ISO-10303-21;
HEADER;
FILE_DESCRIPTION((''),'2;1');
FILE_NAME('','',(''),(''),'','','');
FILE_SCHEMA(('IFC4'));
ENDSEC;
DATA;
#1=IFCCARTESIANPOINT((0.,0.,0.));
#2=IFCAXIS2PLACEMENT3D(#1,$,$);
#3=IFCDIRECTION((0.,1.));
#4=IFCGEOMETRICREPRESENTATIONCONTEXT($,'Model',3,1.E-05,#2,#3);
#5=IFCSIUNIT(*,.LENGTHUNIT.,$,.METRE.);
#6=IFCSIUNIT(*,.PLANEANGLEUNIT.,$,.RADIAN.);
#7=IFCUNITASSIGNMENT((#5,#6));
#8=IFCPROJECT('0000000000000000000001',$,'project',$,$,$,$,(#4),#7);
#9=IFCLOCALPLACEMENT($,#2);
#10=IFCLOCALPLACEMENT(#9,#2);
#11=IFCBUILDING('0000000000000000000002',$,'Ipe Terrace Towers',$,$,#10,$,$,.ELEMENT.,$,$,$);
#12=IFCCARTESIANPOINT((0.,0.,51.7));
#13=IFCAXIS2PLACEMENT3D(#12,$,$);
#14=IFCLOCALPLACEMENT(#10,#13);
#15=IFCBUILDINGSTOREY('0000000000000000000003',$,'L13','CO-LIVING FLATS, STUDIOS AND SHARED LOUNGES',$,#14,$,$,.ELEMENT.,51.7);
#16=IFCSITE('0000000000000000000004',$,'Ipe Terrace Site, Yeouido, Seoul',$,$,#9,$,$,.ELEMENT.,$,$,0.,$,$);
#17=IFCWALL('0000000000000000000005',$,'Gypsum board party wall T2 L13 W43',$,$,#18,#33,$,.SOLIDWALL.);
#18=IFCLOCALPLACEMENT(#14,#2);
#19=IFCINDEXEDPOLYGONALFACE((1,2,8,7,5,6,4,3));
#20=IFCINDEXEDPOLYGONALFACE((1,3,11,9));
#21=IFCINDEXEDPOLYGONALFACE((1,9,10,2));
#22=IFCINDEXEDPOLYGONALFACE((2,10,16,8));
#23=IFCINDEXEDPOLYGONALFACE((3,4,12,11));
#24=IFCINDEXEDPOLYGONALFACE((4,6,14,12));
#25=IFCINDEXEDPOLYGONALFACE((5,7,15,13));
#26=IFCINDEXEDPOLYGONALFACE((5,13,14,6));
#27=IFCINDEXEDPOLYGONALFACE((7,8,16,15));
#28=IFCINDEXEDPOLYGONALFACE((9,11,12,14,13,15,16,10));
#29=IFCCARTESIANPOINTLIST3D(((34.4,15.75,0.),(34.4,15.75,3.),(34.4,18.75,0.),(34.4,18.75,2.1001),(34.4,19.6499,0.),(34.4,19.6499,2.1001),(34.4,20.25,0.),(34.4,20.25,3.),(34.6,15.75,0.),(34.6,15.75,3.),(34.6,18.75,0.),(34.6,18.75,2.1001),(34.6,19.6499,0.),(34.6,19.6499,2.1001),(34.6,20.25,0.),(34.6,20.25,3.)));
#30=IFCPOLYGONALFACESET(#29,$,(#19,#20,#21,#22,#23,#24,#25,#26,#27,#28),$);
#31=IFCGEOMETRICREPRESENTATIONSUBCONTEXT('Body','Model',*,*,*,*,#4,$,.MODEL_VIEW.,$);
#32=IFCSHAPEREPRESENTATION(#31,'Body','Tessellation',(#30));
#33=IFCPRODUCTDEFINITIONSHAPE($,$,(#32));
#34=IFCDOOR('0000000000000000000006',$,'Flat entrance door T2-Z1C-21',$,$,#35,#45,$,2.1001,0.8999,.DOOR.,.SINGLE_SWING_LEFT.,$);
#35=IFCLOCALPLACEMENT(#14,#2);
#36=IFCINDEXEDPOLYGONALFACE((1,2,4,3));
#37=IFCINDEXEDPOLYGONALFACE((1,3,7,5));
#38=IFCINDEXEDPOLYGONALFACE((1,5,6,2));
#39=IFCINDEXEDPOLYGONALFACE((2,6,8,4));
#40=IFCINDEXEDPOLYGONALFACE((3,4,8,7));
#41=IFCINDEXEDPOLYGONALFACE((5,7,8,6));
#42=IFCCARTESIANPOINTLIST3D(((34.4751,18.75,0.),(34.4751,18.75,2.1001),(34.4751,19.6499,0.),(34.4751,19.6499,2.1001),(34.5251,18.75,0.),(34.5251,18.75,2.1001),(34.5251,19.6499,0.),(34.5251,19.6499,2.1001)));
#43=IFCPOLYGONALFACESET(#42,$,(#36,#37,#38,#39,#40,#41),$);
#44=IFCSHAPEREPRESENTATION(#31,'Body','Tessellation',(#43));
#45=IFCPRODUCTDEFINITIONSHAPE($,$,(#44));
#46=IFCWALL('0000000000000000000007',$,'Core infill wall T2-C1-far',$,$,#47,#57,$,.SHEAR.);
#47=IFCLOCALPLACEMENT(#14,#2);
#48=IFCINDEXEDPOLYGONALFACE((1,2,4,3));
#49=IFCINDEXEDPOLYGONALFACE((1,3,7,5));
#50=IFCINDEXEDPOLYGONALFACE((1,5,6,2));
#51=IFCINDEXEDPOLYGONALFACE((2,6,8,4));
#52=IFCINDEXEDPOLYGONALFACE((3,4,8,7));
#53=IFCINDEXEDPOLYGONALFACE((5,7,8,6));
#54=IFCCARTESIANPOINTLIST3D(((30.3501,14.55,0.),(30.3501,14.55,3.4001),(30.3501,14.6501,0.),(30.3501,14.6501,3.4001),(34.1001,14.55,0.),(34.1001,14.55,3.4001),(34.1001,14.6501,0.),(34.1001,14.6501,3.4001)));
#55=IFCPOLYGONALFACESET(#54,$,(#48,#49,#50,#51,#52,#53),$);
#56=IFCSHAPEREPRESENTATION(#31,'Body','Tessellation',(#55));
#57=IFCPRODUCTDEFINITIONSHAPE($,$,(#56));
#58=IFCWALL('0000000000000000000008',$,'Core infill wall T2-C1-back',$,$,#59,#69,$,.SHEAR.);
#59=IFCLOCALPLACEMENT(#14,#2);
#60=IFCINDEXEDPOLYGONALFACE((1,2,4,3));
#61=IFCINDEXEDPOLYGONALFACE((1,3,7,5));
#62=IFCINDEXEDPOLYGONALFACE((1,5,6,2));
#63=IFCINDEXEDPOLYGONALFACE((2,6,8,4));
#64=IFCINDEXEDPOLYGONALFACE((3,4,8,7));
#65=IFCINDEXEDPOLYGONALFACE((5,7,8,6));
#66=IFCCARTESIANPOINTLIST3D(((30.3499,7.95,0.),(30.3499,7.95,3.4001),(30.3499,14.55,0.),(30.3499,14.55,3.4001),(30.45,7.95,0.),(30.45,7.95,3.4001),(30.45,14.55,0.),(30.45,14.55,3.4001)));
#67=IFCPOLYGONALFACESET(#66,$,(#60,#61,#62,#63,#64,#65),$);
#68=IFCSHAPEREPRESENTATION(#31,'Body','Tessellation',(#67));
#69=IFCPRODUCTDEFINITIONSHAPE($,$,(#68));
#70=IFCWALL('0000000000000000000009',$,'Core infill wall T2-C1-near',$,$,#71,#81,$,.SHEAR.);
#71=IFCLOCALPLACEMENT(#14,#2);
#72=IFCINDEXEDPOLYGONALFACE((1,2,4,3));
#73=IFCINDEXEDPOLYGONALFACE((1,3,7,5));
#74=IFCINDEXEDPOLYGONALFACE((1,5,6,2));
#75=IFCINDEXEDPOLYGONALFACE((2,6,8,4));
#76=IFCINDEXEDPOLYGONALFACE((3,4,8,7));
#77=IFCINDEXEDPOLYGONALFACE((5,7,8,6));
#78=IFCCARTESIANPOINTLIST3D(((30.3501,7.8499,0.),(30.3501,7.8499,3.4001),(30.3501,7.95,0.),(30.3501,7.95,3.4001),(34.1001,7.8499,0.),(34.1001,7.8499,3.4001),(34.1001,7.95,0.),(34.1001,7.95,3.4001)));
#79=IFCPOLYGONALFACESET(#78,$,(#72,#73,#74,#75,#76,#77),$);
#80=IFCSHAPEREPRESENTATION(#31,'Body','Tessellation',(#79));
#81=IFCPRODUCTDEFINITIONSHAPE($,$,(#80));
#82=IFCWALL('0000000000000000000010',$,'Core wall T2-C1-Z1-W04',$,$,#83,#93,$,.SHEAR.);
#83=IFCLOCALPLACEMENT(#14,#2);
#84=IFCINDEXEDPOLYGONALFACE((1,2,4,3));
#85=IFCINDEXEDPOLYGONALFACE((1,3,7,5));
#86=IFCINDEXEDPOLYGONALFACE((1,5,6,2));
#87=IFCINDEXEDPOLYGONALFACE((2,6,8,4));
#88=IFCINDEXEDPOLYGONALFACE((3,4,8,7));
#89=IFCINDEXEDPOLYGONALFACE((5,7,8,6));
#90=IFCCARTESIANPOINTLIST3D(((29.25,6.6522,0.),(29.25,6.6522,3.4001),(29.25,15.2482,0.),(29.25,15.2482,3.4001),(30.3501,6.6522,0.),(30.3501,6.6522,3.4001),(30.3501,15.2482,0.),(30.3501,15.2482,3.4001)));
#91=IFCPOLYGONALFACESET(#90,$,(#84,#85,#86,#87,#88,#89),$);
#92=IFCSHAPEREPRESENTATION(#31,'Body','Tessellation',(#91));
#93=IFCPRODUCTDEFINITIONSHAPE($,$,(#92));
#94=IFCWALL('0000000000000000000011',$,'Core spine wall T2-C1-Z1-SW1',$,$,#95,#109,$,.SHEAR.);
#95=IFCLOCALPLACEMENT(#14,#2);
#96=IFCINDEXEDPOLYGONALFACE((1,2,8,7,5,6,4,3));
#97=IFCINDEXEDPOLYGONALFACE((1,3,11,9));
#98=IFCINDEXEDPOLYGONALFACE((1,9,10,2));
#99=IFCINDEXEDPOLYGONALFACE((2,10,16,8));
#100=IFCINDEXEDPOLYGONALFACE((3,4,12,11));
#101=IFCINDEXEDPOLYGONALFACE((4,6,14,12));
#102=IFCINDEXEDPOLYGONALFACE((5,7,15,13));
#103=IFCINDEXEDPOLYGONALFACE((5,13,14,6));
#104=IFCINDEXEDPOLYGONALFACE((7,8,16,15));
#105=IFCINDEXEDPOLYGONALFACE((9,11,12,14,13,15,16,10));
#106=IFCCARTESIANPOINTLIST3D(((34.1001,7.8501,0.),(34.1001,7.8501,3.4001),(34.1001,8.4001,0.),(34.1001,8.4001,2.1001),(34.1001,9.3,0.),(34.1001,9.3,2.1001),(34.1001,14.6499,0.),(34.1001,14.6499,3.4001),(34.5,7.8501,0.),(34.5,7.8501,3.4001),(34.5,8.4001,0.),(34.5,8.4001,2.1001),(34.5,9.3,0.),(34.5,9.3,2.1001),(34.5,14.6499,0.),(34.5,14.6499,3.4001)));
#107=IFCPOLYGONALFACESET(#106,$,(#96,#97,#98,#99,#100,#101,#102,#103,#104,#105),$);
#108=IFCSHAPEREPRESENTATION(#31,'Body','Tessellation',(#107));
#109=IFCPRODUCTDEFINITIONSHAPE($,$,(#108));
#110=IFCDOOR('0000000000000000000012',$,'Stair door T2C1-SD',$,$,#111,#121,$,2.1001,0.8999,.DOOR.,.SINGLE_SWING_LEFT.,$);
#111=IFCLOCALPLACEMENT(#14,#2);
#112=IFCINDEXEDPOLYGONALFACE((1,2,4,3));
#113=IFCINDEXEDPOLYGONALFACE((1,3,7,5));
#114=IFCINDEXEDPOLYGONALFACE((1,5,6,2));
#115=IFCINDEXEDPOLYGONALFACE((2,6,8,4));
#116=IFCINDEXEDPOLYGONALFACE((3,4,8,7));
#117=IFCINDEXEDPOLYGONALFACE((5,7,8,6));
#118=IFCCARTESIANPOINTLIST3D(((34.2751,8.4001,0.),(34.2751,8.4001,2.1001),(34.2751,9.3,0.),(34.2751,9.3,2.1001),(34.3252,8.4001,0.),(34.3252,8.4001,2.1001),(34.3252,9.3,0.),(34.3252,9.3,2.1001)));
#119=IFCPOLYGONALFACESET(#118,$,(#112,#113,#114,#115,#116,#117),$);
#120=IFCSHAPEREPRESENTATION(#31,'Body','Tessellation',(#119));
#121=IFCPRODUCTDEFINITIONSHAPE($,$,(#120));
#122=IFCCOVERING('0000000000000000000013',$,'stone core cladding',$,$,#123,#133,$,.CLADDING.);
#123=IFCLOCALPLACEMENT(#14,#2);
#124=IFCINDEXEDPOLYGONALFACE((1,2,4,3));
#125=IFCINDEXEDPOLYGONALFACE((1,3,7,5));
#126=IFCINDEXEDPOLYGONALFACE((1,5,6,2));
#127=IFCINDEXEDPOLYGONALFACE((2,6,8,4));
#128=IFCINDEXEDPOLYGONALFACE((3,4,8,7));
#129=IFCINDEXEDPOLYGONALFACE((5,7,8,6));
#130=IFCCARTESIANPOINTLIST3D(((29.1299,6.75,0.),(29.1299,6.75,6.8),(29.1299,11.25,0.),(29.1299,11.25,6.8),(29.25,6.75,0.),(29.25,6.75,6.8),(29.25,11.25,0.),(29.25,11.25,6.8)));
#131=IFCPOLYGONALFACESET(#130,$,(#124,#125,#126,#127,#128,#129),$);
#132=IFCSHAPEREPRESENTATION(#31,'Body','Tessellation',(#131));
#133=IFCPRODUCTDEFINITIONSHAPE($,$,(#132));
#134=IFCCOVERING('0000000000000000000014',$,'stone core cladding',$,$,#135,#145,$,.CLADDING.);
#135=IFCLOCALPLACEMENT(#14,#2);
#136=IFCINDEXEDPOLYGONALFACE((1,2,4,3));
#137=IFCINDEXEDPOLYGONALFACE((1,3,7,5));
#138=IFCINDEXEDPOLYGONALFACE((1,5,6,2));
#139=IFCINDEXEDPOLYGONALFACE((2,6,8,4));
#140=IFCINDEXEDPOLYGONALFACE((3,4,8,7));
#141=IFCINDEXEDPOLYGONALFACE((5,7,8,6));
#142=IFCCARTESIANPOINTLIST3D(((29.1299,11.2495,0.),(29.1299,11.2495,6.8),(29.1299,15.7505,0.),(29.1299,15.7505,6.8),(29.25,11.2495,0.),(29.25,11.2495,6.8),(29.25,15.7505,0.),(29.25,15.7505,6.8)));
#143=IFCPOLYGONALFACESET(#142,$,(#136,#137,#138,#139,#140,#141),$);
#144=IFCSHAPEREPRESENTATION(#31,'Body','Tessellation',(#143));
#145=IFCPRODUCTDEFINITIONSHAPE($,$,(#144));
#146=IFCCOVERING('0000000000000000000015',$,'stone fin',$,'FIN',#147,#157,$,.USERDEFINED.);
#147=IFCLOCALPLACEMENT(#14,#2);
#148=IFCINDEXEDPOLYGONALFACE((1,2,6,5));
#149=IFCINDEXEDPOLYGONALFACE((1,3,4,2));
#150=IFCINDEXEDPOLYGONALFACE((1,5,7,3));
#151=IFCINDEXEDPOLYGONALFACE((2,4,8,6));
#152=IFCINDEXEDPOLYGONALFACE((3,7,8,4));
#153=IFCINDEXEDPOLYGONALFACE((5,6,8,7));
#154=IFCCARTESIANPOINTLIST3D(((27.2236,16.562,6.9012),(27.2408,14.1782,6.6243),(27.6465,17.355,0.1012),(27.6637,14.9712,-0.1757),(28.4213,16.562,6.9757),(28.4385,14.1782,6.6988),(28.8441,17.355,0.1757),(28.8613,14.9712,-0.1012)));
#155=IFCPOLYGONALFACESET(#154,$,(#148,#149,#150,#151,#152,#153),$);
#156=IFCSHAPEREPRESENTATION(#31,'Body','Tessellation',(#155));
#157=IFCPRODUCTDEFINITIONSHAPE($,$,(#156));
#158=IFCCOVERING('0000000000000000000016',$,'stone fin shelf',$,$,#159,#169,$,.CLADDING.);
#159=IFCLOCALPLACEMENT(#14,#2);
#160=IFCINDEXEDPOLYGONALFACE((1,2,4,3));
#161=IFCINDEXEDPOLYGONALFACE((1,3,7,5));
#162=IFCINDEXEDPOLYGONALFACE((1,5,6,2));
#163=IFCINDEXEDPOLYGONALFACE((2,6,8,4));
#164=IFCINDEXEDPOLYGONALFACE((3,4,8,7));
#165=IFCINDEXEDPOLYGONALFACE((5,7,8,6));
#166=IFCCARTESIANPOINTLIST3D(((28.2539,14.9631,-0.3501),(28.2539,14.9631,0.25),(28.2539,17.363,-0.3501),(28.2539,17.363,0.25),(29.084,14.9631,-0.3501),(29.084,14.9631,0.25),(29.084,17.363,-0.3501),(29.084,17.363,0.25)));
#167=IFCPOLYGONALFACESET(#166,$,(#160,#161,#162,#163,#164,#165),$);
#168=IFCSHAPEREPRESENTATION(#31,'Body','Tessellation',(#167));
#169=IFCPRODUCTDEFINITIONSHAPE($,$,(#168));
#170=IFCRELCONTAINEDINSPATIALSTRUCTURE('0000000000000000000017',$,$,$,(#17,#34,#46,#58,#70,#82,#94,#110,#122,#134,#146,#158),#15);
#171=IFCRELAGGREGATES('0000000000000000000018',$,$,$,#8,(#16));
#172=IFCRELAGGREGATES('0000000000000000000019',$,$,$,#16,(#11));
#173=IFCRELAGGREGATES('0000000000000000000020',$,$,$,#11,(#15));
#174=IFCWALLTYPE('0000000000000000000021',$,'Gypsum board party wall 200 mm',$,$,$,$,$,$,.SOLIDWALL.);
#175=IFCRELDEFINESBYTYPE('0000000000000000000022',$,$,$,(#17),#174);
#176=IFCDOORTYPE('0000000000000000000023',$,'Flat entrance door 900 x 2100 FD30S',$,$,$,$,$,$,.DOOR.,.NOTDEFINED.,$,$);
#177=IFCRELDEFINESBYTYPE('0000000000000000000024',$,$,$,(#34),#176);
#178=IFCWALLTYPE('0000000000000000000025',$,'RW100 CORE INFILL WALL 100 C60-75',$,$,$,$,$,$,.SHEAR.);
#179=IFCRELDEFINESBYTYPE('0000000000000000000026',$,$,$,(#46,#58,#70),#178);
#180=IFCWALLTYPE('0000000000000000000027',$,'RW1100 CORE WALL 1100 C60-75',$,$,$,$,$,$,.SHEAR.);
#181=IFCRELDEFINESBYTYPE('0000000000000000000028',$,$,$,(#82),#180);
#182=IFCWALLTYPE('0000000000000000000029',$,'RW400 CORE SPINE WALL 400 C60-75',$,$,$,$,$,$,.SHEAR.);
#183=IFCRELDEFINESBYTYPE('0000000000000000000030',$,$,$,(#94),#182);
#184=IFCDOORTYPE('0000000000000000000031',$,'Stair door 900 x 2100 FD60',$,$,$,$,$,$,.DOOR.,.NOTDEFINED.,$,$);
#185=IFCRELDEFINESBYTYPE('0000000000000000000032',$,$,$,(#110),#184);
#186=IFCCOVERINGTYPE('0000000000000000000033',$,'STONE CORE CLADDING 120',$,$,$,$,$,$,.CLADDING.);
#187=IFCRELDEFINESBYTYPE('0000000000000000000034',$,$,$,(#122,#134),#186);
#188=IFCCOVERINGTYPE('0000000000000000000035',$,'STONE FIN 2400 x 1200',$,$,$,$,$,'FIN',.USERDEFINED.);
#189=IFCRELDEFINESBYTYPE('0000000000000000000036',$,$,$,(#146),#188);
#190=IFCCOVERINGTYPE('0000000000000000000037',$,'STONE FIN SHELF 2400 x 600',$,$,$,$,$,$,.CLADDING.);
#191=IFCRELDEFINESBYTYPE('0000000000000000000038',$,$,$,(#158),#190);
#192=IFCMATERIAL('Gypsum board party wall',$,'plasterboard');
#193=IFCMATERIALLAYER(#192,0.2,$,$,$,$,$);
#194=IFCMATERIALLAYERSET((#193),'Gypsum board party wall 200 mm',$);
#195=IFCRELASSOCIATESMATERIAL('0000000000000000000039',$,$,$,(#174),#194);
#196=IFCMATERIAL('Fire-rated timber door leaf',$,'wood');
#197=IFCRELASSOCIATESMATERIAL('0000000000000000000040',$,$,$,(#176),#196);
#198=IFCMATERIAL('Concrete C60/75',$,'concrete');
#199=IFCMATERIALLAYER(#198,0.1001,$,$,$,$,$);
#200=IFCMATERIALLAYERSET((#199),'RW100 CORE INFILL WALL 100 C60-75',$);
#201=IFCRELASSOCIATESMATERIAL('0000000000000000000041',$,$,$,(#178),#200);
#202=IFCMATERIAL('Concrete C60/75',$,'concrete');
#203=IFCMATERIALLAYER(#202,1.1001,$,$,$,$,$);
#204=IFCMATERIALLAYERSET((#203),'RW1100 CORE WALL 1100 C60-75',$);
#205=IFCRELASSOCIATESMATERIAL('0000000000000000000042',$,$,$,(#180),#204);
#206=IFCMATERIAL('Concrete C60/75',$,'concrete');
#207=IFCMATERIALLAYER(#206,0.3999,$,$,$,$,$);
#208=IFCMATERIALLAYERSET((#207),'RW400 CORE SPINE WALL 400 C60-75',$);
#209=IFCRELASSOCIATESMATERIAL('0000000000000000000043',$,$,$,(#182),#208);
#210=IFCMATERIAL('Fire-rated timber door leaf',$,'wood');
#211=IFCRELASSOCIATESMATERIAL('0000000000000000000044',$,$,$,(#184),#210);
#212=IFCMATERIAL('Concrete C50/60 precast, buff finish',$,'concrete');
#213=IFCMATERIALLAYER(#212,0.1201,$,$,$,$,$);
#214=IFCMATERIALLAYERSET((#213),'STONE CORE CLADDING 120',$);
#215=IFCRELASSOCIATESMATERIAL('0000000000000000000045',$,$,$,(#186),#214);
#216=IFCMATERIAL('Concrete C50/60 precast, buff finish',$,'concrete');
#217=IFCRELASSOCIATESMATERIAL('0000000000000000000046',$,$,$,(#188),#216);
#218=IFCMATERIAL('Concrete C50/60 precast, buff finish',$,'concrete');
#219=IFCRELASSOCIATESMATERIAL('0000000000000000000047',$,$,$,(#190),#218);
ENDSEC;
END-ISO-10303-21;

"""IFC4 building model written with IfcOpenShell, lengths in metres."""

from ifc_helpers import new_model, si_unit, direction, frame, frame_2d, origin, origin_2d, place, context, subcontext, project, spatial, rectangle, extrude, material, layer, layer_set, material_profile, profile_set, type_object, element, fill, save


model = new_model("IFC4")

# Units and contexts
model_context = context("Model", 3, precision=1e-05, world=origin(), true_north=direction((0.0, 1.0)))
body_context = subcontext(model_context, "Body", "Model", "MODEL_VIEW")
ifc_project = project(units=[si_unit("LENGTHUNIT", "METRE"), si_unit("PLANEANGLEUNIT", "RADIAN")], contexts=[model_context])

# Site, building, storey
site_placement = place(None, origin())
site = spatial("IfcSite", under=ifc_project, at=site_placement, Name="Ipe Terrace Site, Yeouido, Seoul", CompositionType="ELEMENT", RefElevation=0.0)
building_placement = place(site_placement, origin())
building = spatial("IfcBuilding", under=site, at=building_placement, Name="Ipe Terrace Towers", CompositionType="ELEMENT")
storey_placement = place(building_placement, frame((0.0, 0.0, 51.7)))
storey = spatial("IfcBuildingStorey", under=building, at=storey_placement, Name="L13", Description="CO-LIVING FLATS, STUDIOS AND SHARED LOUNGES", CompositionType="ELEMENT", Elevation=51.7)

# Wall, opening, door
ifc_material_1 = material(Name="Gypsum board party wall", Category="plasterboard")
ifc_layer_1 = layer(ifc_material_1, 0.2)
ifc_layer_set_1 = layer_set([ifc_layer_1], Name="Gypsum board party wall 200 mm")
wall_type_1 = type_object("IfcWallType", Name="Gypsum board party wall 200 mm", PredefinedType="SOLIDWALL", material=ifc_layer_set_1)
wall_1_placement = place(storey_placement, frame((34.5, 15.75, 0.0), z_axis=(0.0, 0.0, 1.0), x_axis=(0.0, 1.0, 0.0)))
wall_1 = element("IfcWall", 1, at=wall_1_placement, inside=storey, type_object=wall_type_1, Name="Gypsum board party wall T2 L13 W43", PredefinedType="SOLIDWALL", context=body_context, shape_type="SweptSolid", body=[
    extrude(rectangle(XDim=4.5, YDim=0.2, at=frame_2d((2.25, 0.0))), origin(), (0.0, 0.0, 1.0), 3.0),
])
opening_1_placement = place(wall_1_placement, frame((3.0, 0.0, 0.0)))
opening_1 = element("IfcOpeningElement", 2, at=opening_1_placement, cuts=wall_1, PredefinedType="OPENING", context=body_context, shape_type="SweptSolid", body=[
    extrude(rectangle(XDim=0.8999, YDim=2.1001, at=frame_2d((0.45, 1.05))), frame((0.0, 0.1099, 0.0), z_axis=(0.0, -1.0, 0.0), x_axis=(1.0, 0.0, 0.0)), (0.0, 0.0, 1.0), 0.22),
])
ifc_material_2 = material(Name="Fire-rated timber door leaf", Category="wood")
door_type_1 = type_object("IfcDoorType", Name="Flat entrance door 900 x 2100 FD30S", OperationType="NOTDEFINED", PredefinedType="DOOR", material=ifc_material_2)
door_1_placement = place(opening_1_placement, origin())
door_1 = element("IfcDoor", 3, at=door_1_placement, inside=storey, type_object=door_type_1, Name="Flat entrance door T2-Z1C-21", OperationType="SINGLE_SWING_LEFT", OverallHeight=2.1001, OverallWidth=0.8999, PredefinedType="DOOR", context=body_context, shape_type="SweptSolid", body=[
    extrude(rectangle(XDim=0.8999, YDim=2.1001, at=frame_2d((0.45, 1.05))), frame((0.0, 0.0249, 0.0), z_axis=(0.0, -1.0, 0.0), x_axis=(1.0, 0.0, 0.0)), (0.0, 0.0, 1.0), 0.05),
])
fill(opening_1, door_1)

# Walls
ifc_material_3 = material(Name="Concrete C60/75", Category="concrete")
ifc_layer_2 = layer(ifc_material_3, 0.1001)
ifc_layer_set_2 = layer_set([ifc_layer_2], Name="RW100 CORE INFILL WALL 100 C60-75")
wall_type_2 = type_object("IfcWallType", Name="RW100 CORE INFILL WALL 100 C60-75", PredefinedType="SHEAR", material=ifc_layer_set_2)
wall_2_placement = place(storey_placement, frame((34.1001, 14.6001, 0.0), z_axis=(0.0, 0.0, 1.0), x_axis=(-1.0, 0.0, 0.0)))
element("IfcWall", 4, at=wall_2_placement, inside=storey, type_object=wall_type_2, Name="Core infill wall T2-C1-far", PredefinedType="SHEAR", context=body_context, shape_type="SweptSolid", body=[
    extrude(rectangle(XDim=3.75, YDim=0.1001, at=frame_2d((1.875, 0.0))), origin(), (0.0, 0.0, 1.0), 3.4001),
])
wall_3_placement = place(storey_placement, frame((30.3999, 7.95, 0.0), z_axis=(0.0, 0.0, 1.0), x_axis=(0.0, 1.0, 0.0)))
element("IfcWall", 5, at=wall_3_placement, inside=storey, type_object=wall_type_2, Name="Core infill wall T2-C1-back", PredefinedType="SHEAR", context=body_context, shape_type="SweptSolid", body=[
    extrude(rectangle(XDim=6.6001, YDim=0.1001, at=frame_2d((3.3, 0.0))), origin(), (0.0, 0.0, 1.0), 3.4001),
])
wall_4_placement = place(storey_placement, frame((34.1001, 7.8999, 0.0), z_axis=(0.0, 0.0, 1.0), x_axis=(-1.0, 0.0, 0.0)))
element("IfcWall", 6, at=wall_4_placement, inside=storey, type_object=wall_type_2, Name="Core infill wall T2-C1-near", PredefinedType="SHEAR", context=body_context, shape_type="SweptSolid", body=[
    extrude(rectangle(XDim=3.75, YDim=0.1001, at=frame_2d((1.875, 0.0))), origin(), (0.0, 0.0, 1.0), 3.4001),
])
ifc_material_4 = material(Name="Concrete C60/75", Category="concrete")
ifc_layer_3 = layer(ifc_material_4, 1.1001)
ifc_layer_set_3 = layer_set([ifc_layer_3], Name="RW1100 CORE WALL 1100 C60-75")
wall_type_3 = type_object("IfcWallType", Name="RW1100 CORE WALL 1100 C60-75", PredefinedType="SHEAR", material=ifc_layer_set_3)
wall_5_placement = place(storey_placement, frame((29.8, 15.248, 0.0), z_axis=(0.0, 0.0, 1.0), x_axis=(0.0, -1.0, 0.0)))
element("IfcWall", 7, at=wall_5_placement, inside=storey, type_object=wall_type_3, Name="Core wall T2-C1-Z1-W04", PredefinedType="SHEAR", context=body_context, shape_type="SweptSolid", body=[
    extrude(rectangle(XDim=8.5959, YDim=1.1001, at=frame_2d((4.2979, 0.0))), origin(), (0.0, 0.0, 1.0), 3.4001),
])

# Wall, opening, door
ifc_material_5 = material(Name="Concrete C60/75", Category="concrete")
ifc_layer_4 = layer(ifc_material_5, 0.3999)
ifc_layer_set_4 = layer_set([ifc_layer_4], Name="RW400 CORE SPINE WALL 400 C60-75")
wall_type_4 = type_object("IfcWallType", Name="RW400 CORE SPINE WALL 400 C60-75", PredefinedType="SHEAR", material=ifc_layer_set_4)
wall_6_placement = place(storey_placement, frame((34.3, 7.8501, 0.0), z_axis=(0.0, 0.0, 1.0), x_axis=(0.0, 1.0, 0.0)))
wall_6 = element("IfcWall", 8, at=wall_6_placement, inside=storey, type_object=wall_type_4, Name="Core spine wall T2-C1-Z1-SW1", PredefinedType="SHEAR", context=body_context, shape_type="SweptSolid", body=[
    extrude(rectangle(XDim=6.7998, YDim=0.3999, at=frame_2d((3.3999, 0.0))), origin(), (0.0, 0.0, 1.0), 3.4001),
])
opening_2_placement = place(wall_6_placement, frame((0.55, 0.0, 0.0)))
opening_2 = element("IfcOpeningElement", 9, at=opening_2_placement, cuts=wall_6, PredefinedType="OPENING", context=body_context, shape_type="SweptSolid", body=[
    extrude(rectangle(XDim=0.8999, YDim=2.1001, at=frame_2d((0.45, 1.05))), frame((0.0, 0.21, 0.0), z_axis=(0.0, -1.0, 0.0), x_axis=(1.0, 0.0, 0.0)), (0.0, 0.0, 1.0), 0.4199),
])
ifc_material_6 = material(Name="Fire-rated timber door leaf", Category="wood")
door_type_2 = type_object("IfcDoorType", Name="Stair door 900 x 2100 FD60", OperationType="NOTDEFINED", PredefinedType="DOOR", material=ifc_material_6)
door_2_placement = place(opening_2_placement, origin())
door_2 = element("IfcDoor", 10, at=door_2_placement, inside=storey, type_object=door_type_2, Name="Stair door T2C1-SD", OperationType="SINGLE_SWING_LEFT", OverallHeight=2.1001, OverallWidth=0.8999, PredefinedType="DOOR", context=body_context, shape_type="SweptSolid", body=[
    extrude(rectangle(XDim=0.8999, YDim=2.1001, at=frame_2d((0.45, 1.05))), frame((0.0, 0.0249, 0.0), z_axis=(0.0, -1.0, 0.0), x_axis=(1.0, 0.0, 0.0)), (0.0, 0.0, 1.0), 0.05),
])
fill(opening_2, door_2)

# Coverings
ifc_material_7 = material(Name="Concrete C50/60 precast, buff finish", Category="concrete")
ifc_layer_5 = layer(ifc_material_7, 0.1201)
ifc_layer_set_5 = layer_set([ifc_layer_5], Name="STONE CORE CLADDING 120")
covering_type_1 = type_object("IfcCoveringType", Name="STONE CORE CLADDING 120", PredefinedType="CLADDING", material=ifc_layer_set_5)
covering_1_placement = place(storey_placement, frame((29.1899, 9.0, 0.0), z_axis=(0.0, 0.0, 1.0), x_axis=(0.0, -1.0, 0.0)))
element("IfcCovering", 11, at=covering_1_placement, inside=storey, type_object=covering_type_1, Name="stone core cladding", PredefinedType="CLADDING", context=body_context, shape_type="SweptSolid", body=[
    extrude(rectangle(XDim=4.5, YDim=0.1201, at=origin_2d()), origin(), (0.0, 0.0, 1.0), 6.8),
])
covering_2_placement = place(storey_placement, frame((29.1899, 13.5, 0.0), z_axis=(0.0, 0.0, 1.0), x_axis=(0.0, -1.0, 0.0)))
element("IfcCovering", 12, at=covering_2_placement, inside=storey, type_object=covering_type_1, Name="stone core cladding", PredefinedType="CLADDING", context=body_context, shape_type="SweptSolid", body=[
    extrude(rectangle(XDim=4.501, YDim=0.1201, at=origin_2d()), origin(), (0.0, 0.0, 1.0), 6.8),
])
ifc_material_8 = material(Name="Concrete C50/60 precast, buff finish", Category="concrete")
ifc_material_profile_1 = material_profile(ifc_material_8, rectangle(XDim=2.3999, YDim=1.2, at=origin_2d()), Name="STONE FIN 2400 x 1200")
ifc_profile_set_1 = profile_set([ifc_material_profile_1], Name="Concrete C50/60 precast, buff finish")
covering_type_2 = type_object("IfcCoveringType", Name="STONE FIN 2400 x 1200", ElementType="FIN", PredefinedType="USERDEFINED", material=ifc_profile_set_1)
covering_3_placement = place(storey_placement, frame((28.2539, 16.1631, 0.0), z_axis=(-0.061648, -0.115607, 0.99138), x_axis=(0.007175, -0.993295, -0.115384)))
element("IfcCovering", 13, at=covering_3_placement, inside=storey, type_object=covering_type_2, Name="stone fin", ObjectType="FIN", PredefinedType="USERDEFINED", context=body_context, shape_type="SweptSolid", body=[
    extrude(rectangle(XDim=2.3999, YDim=1.2, at=origin_2d()), origin(), (0.0, 0.0, 1.0), 6.8591),
])
ifc_material_9 = material(Name="Concrete C50/60 precast, buff finish", Category="concrete")
covering_type_3 = type_object("IfcCoveringType", Name="STONE FIN SHELF 2400 x 600", PredefinedType="CLADDING", material=ifc_material_9)
covering_4_placement = place(storey_placement, frame((28.6689, 16.1631, -0.3501), z_axis=(0.0, 0.0, 1.0), x_axis=(0.0, -1.0, 0.0)))
element("IfcCovering", 14, at=covering_4_placement, inside=storey, type_object=covering_type_3, Name="stone fin shelf", PredefinedType="CLADDING", context=body_context, shape_type="SweptSolid", body=[
    extrude(rectangle(XDim=2.3999, YDim=0.8301, at=origin_2d()), origin(), (0.0, 0.0, 1.0), 0.6001),
])

save(model, "model.ifc")
